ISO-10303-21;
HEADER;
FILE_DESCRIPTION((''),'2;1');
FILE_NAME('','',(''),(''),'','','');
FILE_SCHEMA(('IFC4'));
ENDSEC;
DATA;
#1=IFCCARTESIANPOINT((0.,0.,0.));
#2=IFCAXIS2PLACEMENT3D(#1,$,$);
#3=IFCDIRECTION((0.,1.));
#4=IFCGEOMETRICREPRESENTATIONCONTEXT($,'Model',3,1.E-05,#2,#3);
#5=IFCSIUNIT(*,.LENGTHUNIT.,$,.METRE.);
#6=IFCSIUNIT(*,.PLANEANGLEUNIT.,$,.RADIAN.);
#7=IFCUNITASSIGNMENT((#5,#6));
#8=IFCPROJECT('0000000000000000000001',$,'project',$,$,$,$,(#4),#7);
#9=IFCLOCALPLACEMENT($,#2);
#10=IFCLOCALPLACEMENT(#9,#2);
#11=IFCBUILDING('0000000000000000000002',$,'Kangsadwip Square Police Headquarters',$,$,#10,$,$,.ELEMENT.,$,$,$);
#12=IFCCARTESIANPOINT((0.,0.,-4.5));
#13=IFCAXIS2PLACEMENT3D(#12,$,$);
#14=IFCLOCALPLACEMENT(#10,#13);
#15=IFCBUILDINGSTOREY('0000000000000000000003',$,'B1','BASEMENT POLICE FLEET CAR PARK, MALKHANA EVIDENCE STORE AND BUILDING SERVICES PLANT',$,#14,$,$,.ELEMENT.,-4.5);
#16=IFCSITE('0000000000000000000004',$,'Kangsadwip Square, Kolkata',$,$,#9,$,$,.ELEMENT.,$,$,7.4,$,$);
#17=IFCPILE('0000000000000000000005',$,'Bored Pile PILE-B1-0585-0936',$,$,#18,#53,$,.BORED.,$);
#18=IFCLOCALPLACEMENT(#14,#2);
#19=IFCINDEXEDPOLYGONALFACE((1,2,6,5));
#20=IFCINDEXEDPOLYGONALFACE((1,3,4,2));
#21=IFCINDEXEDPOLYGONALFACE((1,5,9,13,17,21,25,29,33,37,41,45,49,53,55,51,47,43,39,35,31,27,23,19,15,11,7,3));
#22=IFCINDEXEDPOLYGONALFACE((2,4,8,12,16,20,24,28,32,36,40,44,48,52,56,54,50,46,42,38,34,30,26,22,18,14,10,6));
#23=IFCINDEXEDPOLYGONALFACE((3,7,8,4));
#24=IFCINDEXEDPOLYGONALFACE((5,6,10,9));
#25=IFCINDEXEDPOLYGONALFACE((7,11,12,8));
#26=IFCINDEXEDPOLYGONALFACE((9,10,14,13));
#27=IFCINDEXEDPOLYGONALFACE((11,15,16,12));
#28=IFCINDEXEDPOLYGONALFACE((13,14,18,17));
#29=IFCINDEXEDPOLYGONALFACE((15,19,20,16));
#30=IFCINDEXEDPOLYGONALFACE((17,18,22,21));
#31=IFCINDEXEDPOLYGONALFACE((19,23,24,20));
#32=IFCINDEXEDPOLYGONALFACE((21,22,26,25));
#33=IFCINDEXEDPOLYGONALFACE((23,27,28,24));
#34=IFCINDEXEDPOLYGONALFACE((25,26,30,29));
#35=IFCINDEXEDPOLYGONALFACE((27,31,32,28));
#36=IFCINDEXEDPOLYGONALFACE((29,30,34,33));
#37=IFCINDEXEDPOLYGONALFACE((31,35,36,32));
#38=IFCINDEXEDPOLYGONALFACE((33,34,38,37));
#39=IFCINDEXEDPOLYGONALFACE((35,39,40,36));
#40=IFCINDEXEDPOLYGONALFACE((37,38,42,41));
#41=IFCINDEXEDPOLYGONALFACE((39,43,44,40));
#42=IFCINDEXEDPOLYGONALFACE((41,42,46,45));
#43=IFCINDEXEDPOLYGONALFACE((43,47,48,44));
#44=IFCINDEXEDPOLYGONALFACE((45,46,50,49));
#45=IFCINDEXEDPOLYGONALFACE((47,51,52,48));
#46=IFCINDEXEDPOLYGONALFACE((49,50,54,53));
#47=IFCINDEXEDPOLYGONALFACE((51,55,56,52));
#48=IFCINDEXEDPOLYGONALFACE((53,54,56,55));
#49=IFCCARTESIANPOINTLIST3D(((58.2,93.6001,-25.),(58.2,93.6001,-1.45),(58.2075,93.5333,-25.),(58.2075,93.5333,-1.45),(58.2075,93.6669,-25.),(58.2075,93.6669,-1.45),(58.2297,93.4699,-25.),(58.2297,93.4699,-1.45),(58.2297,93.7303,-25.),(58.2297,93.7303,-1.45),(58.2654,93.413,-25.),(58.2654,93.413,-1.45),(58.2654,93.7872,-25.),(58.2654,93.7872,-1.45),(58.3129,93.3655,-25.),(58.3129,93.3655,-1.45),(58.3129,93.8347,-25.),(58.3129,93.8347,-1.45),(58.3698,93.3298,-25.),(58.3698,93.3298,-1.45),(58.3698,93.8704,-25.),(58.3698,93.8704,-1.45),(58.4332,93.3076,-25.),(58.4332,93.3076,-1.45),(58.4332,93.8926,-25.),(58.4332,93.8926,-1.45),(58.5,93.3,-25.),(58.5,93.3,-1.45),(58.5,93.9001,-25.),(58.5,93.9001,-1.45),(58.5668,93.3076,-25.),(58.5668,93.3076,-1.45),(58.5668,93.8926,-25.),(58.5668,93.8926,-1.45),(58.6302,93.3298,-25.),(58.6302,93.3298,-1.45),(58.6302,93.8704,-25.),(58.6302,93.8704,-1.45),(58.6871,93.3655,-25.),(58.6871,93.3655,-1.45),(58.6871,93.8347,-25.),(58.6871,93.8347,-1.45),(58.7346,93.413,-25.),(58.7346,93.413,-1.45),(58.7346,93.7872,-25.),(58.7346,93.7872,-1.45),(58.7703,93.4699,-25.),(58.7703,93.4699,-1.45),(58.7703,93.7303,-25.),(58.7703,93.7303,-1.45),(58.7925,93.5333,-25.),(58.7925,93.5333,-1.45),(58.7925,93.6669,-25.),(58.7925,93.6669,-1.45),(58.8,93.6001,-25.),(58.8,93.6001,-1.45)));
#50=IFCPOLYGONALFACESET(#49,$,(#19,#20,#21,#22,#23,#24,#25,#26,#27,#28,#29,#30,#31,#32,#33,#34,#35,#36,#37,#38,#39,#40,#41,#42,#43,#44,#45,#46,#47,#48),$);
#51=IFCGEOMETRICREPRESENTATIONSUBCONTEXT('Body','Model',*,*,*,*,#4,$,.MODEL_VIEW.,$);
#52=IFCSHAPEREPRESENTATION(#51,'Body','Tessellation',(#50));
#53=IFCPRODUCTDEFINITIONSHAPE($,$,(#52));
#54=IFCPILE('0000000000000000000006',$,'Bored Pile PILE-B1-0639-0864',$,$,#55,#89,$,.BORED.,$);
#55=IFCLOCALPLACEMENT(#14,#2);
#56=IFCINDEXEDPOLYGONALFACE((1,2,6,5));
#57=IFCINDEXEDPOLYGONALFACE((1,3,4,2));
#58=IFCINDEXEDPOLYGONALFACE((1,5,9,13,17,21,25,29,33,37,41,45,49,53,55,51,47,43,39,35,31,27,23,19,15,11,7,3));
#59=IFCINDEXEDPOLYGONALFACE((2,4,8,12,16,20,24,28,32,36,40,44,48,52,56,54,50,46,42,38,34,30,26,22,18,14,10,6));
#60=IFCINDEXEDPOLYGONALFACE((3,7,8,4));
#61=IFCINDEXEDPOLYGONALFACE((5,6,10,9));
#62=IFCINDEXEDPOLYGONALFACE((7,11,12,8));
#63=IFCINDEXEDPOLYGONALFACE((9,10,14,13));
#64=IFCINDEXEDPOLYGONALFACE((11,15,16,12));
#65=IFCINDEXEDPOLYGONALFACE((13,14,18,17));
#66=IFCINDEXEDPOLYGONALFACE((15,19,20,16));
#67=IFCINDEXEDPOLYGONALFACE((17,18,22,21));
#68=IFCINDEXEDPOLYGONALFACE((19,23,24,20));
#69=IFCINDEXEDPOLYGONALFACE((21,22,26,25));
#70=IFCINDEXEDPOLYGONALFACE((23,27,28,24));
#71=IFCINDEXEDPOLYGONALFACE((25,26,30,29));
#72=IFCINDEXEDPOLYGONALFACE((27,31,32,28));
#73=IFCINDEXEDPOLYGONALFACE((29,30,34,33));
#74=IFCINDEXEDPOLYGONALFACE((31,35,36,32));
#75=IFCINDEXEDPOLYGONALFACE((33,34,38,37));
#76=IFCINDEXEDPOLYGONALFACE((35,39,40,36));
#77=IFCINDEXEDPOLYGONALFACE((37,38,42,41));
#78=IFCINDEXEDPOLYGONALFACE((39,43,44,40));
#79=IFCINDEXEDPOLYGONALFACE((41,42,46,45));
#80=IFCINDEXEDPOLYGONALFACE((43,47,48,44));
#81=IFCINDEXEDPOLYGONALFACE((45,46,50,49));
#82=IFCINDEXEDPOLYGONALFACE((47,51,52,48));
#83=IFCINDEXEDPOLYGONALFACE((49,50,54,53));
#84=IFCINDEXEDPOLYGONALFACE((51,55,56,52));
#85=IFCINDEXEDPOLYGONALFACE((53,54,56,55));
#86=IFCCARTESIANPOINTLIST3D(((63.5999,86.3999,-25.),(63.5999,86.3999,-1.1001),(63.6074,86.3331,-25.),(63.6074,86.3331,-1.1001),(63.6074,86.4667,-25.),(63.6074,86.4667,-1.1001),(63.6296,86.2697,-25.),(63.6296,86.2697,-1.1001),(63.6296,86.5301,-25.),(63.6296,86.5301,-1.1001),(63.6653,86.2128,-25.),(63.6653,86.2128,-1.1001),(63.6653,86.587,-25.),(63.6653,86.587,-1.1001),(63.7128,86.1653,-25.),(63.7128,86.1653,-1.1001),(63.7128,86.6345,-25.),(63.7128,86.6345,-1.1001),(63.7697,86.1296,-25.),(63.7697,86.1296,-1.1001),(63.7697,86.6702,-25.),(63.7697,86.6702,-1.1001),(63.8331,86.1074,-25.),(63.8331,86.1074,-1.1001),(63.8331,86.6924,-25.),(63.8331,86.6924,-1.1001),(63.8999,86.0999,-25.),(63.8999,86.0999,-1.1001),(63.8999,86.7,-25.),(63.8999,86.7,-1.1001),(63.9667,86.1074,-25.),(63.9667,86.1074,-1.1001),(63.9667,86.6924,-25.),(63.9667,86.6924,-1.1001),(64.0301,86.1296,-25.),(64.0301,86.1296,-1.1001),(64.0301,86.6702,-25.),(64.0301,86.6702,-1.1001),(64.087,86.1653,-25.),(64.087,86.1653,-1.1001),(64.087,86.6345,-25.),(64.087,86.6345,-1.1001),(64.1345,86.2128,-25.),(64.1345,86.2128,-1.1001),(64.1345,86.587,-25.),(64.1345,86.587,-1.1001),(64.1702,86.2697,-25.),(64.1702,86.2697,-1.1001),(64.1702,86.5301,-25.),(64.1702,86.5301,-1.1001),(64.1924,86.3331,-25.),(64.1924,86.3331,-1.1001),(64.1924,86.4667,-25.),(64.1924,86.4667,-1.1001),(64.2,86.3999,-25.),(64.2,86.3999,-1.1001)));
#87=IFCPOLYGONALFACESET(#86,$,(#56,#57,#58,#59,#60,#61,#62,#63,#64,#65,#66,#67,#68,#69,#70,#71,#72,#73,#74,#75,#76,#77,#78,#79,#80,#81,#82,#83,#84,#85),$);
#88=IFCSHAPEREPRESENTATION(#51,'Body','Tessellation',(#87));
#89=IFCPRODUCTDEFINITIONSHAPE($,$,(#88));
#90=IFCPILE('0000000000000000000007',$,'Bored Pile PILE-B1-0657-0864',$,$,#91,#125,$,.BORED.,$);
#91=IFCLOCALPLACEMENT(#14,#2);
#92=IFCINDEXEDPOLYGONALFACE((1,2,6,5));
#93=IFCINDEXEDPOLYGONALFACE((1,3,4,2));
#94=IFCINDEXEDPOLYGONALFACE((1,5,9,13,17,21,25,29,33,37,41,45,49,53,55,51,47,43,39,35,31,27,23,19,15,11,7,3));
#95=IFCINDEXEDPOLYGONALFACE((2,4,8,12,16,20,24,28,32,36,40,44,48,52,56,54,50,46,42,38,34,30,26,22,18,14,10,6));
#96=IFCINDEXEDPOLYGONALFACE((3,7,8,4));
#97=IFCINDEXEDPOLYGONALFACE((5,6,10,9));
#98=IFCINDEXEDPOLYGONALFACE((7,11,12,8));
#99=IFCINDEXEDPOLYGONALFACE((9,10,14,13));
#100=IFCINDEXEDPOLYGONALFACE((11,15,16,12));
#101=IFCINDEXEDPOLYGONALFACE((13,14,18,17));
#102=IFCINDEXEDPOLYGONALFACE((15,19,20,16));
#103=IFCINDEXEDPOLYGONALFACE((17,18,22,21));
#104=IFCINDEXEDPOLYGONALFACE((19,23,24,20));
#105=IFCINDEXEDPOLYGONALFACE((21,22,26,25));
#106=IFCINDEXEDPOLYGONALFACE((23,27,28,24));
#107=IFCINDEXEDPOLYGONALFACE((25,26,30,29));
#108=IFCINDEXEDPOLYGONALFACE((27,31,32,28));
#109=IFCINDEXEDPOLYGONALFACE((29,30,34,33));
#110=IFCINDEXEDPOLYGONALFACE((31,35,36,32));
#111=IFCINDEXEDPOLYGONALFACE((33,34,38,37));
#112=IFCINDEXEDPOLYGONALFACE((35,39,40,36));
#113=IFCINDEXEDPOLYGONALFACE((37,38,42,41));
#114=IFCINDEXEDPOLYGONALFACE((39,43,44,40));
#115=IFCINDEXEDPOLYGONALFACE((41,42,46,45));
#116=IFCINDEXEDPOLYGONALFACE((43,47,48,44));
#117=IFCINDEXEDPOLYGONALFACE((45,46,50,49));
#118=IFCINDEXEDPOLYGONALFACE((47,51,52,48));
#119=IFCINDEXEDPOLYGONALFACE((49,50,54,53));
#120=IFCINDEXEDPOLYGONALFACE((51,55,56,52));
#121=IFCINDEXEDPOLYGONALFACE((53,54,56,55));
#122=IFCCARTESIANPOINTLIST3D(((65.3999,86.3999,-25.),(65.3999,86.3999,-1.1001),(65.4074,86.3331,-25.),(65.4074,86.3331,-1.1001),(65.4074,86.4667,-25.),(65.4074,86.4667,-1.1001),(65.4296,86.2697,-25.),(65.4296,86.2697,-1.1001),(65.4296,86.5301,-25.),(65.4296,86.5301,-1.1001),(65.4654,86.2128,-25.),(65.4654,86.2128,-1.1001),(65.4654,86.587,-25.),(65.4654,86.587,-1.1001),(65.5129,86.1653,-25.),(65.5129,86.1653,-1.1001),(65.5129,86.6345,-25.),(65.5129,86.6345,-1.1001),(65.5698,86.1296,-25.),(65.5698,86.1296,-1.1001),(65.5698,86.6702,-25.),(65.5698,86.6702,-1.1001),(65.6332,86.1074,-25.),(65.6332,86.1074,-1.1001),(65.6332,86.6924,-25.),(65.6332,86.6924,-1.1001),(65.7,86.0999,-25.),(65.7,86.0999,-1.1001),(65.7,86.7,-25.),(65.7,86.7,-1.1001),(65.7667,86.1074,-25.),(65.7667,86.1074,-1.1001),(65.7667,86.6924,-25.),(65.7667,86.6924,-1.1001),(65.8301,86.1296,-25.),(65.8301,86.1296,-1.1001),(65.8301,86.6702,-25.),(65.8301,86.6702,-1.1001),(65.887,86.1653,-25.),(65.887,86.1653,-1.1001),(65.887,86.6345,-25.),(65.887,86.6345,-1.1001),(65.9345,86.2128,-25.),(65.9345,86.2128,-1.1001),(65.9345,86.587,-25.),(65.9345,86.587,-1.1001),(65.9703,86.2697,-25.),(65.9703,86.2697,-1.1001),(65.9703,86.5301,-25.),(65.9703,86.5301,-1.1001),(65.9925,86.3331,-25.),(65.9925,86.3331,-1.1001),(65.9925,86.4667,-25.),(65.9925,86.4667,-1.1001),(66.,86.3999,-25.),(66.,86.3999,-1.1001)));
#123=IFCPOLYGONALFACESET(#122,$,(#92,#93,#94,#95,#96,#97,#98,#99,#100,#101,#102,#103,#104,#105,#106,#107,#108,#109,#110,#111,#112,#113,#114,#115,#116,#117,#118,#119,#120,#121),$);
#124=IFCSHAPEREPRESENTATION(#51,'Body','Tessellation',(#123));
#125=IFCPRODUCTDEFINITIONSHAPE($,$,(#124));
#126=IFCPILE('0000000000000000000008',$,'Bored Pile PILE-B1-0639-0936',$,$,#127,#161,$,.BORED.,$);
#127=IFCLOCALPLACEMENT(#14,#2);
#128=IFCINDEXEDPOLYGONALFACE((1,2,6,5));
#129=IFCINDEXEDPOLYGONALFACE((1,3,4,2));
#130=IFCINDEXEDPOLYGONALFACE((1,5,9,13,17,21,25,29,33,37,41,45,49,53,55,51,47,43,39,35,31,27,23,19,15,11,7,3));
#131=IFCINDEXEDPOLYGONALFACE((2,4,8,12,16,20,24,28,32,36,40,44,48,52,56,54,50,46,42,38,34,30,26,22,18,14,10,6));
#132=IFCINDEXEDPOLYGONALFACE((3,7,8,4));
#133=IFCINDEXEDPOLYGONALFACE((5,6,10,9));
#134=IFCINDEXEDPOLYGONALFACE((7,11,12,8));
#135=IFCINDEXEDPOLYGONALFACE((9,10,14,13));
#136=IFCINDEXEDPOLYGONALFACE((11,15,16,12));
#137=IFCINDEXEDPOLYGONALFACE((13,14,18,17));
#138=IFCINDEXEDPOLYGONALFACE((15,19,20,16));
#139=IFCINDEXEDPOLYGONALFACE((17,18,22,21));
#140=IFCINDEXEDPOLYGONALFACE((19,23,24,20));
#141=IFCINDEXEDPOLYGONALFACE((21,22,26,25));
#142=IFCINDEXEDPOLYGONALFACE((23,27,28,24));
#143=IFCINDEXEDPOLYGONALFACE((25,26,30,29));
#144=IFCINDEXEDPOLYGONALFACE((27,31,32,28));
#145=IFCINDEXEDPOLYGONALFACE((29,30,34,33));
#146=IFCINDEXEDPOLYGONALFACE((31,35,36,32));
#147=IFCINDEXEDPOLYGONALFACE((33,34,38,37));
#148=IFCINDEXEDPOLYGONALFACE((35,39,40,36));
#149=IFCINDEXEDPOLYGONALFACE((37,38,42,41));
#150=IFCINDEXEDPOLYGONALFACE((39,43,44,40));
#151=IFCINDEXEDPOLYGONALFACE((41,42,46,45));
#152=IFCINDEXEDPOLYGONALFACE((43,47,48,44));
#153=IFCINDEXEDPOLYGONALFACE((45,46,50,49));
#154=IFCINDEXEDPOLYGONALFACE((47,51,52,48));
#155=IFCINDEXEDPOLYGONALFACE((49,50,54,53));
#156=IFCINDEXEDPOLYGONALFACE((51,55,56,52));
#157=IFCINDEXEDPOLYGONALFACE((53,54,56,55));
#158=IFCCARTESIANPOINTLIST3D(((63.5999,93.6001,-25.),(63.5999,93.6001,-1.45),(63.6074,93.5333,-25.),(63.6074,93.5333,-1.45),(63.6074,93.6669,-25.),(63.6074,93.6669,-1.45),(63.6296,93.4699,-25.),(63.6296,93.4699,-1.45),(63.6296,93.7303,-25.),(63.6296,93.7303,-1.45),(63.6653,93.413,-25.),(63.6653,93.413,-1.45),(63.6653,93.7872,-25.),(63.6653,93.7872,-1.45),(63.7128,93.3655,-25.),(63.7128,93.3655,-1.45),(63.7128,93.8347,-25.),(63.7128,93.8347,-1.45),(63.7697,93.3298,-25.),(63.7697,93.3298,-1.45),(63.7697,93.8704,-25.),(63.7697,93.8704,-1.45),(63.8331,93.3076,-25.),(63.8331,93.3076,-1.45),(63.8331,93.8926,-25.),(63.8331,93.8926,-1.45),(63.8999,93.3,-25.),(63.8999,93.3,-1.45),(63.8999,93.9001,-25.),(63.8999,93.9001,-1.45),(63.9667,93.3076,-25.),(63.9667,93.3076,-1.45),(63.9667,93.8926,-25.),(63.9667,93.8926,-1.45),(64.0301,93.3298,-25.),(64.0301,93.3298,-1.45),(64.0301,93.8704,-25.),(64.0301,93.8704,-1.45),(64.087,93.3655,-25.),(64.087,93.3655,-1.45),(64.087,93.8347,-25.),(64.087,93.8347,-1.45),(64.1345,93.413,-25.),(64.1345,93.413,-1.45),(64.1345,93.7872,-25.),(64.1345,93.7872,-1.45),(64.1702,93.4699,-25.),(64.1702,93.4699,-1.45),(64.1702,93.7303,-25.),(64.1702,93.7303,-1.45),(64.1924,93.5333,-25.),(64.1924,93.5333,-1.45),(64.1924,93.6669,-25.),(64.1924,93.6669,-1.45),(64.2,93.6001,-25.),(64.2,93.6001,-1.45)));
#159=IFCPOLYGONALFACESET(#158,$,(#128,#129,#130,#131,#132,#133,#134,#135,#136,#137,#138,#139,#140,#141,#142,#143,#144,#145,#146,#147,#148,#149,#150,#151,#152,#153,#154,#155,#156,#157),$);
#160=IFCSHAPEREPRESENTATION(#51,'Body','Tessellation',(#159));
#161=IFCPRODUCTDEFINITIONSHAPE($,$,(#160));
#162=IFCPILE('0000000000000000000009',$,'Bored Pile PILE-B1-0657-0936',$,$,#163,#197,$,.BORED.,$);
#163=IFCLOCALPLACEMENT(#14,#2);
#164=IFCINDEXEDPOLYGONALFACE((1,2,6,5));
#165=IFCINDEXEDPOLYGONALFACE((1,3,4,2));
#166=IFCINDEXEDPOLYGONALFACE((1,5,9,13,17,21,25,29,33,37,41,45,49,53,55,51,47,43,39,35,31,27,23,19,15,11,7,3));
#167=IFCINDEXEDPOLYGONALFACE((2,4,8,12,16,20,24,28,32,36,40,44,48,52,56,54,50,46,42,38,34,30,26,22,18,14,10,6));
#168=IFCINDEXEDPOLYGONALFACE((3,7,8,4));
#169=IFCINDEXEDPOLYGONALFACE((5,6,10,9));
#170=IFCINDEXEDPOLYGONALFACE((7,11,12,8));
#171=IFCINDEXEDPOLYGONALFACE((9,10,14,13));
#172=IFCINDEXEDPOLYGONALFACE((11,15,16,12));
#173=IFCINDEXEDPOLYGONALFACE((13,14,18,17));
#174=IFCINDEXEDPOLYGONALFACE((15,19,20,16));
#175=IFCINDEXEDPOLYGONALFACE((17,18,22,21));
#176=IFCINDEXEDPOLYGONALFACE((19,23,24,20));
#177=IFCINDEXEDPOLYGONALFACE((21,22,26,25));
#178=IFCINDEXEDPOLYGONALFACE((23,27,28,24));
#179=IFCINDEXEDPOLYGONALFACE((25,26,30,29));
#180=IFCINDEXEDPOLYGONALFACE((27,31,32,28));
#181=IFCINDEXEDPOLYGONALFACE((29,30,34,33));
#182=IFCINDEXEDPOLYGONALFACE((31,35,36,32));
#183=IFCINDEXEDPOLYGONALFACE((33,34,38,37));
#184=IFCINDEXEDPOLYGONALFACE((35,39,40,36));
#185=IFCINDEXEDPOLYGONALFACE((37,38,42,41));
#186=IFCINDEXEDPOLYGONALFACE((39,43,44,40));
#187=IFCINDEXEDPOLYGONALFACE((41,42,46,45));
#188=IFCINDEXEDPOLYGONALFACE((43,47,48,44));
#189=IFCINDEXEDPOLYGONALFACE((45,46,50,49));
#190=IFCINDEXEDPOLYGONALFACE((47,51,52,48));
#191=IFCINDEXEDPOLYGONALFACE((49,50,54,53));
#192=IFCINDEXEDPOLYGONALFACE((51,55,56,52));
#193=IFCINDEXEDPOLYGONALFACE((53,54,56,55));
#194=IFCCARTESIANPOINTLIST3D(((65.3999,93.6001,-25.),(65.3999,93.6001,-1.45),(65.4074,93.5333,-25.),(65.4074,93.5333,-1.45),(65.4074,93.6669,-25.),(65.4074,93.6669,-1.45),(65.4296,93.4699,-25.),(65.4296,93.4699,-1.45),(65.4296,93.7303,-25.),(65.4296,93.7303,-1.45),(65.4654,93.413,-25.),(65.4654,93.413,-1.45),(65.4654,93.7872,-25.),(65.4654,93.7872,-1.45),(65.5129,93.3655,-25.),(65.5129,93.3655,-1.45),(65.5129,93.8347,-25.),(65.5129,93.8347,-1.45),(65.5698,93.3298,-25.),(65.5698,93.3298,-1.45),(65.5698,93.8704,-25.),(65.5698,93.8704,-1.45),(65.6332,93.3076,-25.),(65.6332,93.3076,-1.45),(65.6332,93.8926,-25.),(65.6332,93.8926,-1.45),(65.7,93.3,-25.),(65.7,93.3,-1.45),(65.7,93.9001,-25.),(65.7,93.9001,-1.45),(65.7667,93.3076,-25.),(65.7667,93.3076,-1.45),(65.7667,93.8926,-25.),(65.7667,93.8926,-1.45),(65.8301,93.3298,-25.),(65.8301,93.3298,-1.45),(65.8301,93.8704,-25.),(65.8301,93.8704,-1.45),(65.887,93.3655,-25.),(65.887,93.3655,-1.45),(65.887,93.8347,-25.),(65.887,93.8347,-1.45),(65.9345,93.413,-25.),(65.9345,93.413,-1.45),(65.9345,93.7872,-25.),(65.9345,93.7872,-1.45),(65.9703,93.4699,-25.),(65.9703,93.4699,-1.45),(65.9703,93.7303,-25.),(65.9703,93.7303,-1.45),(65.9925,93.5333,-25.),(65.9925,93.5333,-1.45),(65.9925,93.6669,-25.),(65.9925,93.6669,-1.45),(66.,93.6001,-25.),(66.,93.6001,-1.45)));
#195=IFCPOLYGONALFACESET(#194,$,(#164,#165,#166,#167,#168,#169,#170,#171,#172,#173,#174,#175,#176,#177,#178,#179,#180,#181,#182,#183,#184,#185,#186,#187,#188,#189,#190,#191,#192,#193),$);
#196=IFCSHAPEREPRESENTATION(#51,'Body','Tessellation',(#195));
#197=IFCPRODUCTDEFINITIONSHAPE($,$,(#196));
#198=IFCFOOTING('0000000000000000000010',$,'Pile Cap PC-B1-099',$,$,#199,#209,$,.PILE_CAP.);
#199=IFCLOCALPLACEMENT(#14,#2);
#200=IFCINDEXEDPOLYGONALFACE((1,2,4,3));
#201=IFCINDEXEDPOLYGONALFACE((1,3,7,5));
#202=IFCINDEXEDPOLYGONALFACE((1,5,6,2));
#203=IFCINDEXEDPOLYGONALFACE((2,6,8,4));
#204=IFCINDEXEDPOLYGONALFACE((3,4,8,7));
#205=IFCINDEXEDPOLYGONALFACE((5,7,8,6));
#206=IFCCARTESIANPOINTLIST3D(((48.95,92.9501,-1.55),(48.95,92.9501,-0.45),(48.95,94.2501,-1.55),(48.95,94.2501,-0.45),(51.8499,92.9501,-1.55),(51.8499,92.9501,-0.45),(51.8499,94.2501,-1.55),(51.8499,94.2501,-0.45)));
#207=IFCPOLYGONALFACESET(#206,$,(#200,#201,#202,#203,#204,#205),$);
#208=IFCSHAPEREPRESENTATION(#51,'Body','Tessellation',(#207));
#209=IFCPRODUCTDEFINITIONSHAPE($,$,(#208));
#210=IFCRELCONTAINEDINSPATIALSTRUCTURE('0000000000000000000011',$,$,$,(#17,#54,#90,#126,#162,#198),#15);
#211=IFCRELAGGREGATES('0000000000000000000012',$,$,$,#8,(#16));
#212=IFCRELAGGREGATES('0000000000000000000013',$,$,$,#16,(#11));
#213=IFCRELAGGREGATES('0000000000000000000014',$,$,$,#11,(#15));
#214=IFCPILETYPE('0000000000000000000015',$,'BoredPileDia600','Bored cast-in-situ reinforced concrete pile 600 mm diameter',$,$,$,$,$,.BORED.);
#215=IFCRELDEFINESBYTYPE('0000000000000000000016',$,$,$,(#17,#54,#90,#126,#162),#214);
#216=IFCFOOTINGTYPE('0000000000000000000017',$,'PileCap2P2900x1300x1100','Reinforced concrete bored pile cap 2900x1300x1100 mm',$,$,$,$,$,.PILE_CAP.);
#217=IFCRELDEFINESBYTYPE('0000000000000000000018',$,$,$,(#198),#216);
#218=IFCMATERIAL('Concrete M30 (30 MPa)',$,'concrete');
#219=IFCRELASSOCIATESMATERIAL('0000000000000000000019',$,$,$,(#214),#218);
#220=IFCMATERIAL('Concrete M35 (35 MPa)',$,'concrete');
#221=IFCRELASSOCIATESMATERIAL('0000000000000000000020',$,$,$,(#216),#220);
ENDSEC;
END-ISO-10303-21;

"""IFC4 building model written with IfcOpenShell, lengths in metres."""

from ifc_helpers import new_model, si_unit, direction, frame, origin, origin_2d, place, context, subcontext, project, spatial, rectangle, circle, extrude, material, material_profile, profile_set, type_object, element, save


model = new_model("IFC4")

# Units and contexts
model_context = context("Model", 3, precision=1e-05, world=origin(), true_north=direction((0.0, 1.0)))
body_context = subcontext(model_context, "Body", "Model", "MODEL_VIEW")
ifc_project = project(units=[si_unit("LENGTHUNIT", "METRE"), si_unit("PLANEANGLEUNIT", "RADIAN")], contexts=[model_context])

# Site, building, storey
site_placement = place(None, origin())
site = spatial("IfcSite", under=ifc_project, at=site_placement, Name="Kangsadwip Square, Kolkata", CompositionType="ELEMENT", RefElevation=7.4)
building_placement = place(site_placement, origin())
building = spatial("IfcBuilding", under=site, at=building_placement, Name="Kangsadwip Square Police Headquarters", CompositionType="ELEMENT")
storey_placement = place(building_placement, frame((0.0, 0.0, -4.5)))
storey = spatial("IfcBuildingStorey", under=building, at=storey_placement, Name="B1", Description="BASEMENT POLICE FLEET CAR PARK, MALKHANA EVIDENCE STORE AND BUILDING SERVICES PLANT", CompositionType="ELEMENT", Elevation=-4.5)

# Piles
ifc_material_1 = material(Name="Concrete M30 (30 MPa)", Category="concrete")
ifc_material_profile_1 = material_profile(ifc_material_1, circle(Radius=0.3, at=origin_2d()), Name="PILE DIA 600")
ifc_profile_set_1 = profile_set([ifc_material_profile_1], Name="Concrete M30 (30 MPa)")
pile_type = type_object("IfcPileType", Name="BoredPileDia600", Description="Bored cast-in-situ reinforced concrete pile 600 mm diameter", PredefinedType="BORED", material=ifc_profile_set_1)
for number, where, z_axis, x_axis, name in (
    (1, (58.5, 93.6001, -1.45), (0.0, 0.0, -1.0), (1.0, 0.0, 0.0), "Bored Pile PILE-B1-0585-0936"),
):
    element("IfcPile", number, at=place(storey_placement, frame(where, z_axis=z_axis, x_axis=x_axis)), inside=storey, type_object=pile_type, Name=name, PredefinedType="BORED", context=body_context, shape_type="SweptSolid", body=[
        extrude(circle(Radius=0.3, at=origin_2d()), origin(), (0.0, 0.0, 1.0), 23.55),
    ])
for number, where, z_axis, x_axis, name in (
    (2, (63.8999, 86.3999, -1.1001), (0.0, 0.0, -1.0), (1.0, 0.0, 0.0), "Bored Pile PILE-B1-0639-0864"),
    (3, (65.7, 86.3999, -1.1001), (0.0, 0.0, -1.0), (1.0, 0.0, 0.0), "Bored Pile PILE-B1-0657-0864"),
):
    element("IfcPile", number, at=place(storey_placement, frame(where, z_axis=z_axis, x_axis=x_axis)), inside=storey, type_object=pile_type, Name=name, PredefinedType="BORED", context=body_context, shape_type="SweptSolid", body=[
        extrude(circle(Radius=0.3, at=origin_2d()), origin(), (0.0, 0.0, 1.0), 23.8999),
    ])
for number, where, z_axis, x_axis, name in (
    (4, (63.8999, 93.6001, -1.45), (0.0, 0.0, -1.0), (1.0, 0.0, 0.0), "Bored Pile PILE-B1-0639-0936"),
    (5, (65.7, 93.6001, -1.45), (0.0, 0.0, -1.0), (1.0, 0.0, 0.0), "Bored Pile PILE-B1-0657-0936"),
):
    element("IfcPile", number, at=place(storey_placement, frame(where, z_axis=z_axis, x_axis=x_axis)), inside=storey, type_object=pile_type, Name=name, PredefinedType="BORED", context=body_context, shape_type="SweptSolid", body=[
        extrude(circle(Radius=0.3, at=origin_2d()), origin(), (0.0, 0.0, 1.0), 23.55),
    ])

# Footing
ifc_material_2 = material(Name="Concrete M35 (35 MPa)", Category="concrete")
footing_type_1 = type_object("IfcFootingType", Name="PileCap2P2900x1300x1100", Description="Reinforced concrete bored pile cap 2900x1300x1100 mm", PredefinedType="PILE_CAP", material=ifc_material_2)
for number, where, z_axis, x_axis, name in (
    (6, (50.3999, 93.6001, -1.55), (0.0, 0.0, 1.0), (1.0, 0.0, 0.0), "Pile Cap PC-B1-099"),
):
    element("IfcFooting", number, at=place(storey_placement, frame(where, z_axis=z_axis, x_axis=x_axis)), inside=storey, type_object=footing_type_1, Name=name, PredefinedType="PILE_CAP", context=body_context, shape_type="SweptSolid", body=[
        extrude(rectangle(XDim=2.8999, YDim=1.3, at=origin_2d()), origin(), (0.0, 0.0, 1.0), 1.1001),
    ])

save(model, "model.ifc")
